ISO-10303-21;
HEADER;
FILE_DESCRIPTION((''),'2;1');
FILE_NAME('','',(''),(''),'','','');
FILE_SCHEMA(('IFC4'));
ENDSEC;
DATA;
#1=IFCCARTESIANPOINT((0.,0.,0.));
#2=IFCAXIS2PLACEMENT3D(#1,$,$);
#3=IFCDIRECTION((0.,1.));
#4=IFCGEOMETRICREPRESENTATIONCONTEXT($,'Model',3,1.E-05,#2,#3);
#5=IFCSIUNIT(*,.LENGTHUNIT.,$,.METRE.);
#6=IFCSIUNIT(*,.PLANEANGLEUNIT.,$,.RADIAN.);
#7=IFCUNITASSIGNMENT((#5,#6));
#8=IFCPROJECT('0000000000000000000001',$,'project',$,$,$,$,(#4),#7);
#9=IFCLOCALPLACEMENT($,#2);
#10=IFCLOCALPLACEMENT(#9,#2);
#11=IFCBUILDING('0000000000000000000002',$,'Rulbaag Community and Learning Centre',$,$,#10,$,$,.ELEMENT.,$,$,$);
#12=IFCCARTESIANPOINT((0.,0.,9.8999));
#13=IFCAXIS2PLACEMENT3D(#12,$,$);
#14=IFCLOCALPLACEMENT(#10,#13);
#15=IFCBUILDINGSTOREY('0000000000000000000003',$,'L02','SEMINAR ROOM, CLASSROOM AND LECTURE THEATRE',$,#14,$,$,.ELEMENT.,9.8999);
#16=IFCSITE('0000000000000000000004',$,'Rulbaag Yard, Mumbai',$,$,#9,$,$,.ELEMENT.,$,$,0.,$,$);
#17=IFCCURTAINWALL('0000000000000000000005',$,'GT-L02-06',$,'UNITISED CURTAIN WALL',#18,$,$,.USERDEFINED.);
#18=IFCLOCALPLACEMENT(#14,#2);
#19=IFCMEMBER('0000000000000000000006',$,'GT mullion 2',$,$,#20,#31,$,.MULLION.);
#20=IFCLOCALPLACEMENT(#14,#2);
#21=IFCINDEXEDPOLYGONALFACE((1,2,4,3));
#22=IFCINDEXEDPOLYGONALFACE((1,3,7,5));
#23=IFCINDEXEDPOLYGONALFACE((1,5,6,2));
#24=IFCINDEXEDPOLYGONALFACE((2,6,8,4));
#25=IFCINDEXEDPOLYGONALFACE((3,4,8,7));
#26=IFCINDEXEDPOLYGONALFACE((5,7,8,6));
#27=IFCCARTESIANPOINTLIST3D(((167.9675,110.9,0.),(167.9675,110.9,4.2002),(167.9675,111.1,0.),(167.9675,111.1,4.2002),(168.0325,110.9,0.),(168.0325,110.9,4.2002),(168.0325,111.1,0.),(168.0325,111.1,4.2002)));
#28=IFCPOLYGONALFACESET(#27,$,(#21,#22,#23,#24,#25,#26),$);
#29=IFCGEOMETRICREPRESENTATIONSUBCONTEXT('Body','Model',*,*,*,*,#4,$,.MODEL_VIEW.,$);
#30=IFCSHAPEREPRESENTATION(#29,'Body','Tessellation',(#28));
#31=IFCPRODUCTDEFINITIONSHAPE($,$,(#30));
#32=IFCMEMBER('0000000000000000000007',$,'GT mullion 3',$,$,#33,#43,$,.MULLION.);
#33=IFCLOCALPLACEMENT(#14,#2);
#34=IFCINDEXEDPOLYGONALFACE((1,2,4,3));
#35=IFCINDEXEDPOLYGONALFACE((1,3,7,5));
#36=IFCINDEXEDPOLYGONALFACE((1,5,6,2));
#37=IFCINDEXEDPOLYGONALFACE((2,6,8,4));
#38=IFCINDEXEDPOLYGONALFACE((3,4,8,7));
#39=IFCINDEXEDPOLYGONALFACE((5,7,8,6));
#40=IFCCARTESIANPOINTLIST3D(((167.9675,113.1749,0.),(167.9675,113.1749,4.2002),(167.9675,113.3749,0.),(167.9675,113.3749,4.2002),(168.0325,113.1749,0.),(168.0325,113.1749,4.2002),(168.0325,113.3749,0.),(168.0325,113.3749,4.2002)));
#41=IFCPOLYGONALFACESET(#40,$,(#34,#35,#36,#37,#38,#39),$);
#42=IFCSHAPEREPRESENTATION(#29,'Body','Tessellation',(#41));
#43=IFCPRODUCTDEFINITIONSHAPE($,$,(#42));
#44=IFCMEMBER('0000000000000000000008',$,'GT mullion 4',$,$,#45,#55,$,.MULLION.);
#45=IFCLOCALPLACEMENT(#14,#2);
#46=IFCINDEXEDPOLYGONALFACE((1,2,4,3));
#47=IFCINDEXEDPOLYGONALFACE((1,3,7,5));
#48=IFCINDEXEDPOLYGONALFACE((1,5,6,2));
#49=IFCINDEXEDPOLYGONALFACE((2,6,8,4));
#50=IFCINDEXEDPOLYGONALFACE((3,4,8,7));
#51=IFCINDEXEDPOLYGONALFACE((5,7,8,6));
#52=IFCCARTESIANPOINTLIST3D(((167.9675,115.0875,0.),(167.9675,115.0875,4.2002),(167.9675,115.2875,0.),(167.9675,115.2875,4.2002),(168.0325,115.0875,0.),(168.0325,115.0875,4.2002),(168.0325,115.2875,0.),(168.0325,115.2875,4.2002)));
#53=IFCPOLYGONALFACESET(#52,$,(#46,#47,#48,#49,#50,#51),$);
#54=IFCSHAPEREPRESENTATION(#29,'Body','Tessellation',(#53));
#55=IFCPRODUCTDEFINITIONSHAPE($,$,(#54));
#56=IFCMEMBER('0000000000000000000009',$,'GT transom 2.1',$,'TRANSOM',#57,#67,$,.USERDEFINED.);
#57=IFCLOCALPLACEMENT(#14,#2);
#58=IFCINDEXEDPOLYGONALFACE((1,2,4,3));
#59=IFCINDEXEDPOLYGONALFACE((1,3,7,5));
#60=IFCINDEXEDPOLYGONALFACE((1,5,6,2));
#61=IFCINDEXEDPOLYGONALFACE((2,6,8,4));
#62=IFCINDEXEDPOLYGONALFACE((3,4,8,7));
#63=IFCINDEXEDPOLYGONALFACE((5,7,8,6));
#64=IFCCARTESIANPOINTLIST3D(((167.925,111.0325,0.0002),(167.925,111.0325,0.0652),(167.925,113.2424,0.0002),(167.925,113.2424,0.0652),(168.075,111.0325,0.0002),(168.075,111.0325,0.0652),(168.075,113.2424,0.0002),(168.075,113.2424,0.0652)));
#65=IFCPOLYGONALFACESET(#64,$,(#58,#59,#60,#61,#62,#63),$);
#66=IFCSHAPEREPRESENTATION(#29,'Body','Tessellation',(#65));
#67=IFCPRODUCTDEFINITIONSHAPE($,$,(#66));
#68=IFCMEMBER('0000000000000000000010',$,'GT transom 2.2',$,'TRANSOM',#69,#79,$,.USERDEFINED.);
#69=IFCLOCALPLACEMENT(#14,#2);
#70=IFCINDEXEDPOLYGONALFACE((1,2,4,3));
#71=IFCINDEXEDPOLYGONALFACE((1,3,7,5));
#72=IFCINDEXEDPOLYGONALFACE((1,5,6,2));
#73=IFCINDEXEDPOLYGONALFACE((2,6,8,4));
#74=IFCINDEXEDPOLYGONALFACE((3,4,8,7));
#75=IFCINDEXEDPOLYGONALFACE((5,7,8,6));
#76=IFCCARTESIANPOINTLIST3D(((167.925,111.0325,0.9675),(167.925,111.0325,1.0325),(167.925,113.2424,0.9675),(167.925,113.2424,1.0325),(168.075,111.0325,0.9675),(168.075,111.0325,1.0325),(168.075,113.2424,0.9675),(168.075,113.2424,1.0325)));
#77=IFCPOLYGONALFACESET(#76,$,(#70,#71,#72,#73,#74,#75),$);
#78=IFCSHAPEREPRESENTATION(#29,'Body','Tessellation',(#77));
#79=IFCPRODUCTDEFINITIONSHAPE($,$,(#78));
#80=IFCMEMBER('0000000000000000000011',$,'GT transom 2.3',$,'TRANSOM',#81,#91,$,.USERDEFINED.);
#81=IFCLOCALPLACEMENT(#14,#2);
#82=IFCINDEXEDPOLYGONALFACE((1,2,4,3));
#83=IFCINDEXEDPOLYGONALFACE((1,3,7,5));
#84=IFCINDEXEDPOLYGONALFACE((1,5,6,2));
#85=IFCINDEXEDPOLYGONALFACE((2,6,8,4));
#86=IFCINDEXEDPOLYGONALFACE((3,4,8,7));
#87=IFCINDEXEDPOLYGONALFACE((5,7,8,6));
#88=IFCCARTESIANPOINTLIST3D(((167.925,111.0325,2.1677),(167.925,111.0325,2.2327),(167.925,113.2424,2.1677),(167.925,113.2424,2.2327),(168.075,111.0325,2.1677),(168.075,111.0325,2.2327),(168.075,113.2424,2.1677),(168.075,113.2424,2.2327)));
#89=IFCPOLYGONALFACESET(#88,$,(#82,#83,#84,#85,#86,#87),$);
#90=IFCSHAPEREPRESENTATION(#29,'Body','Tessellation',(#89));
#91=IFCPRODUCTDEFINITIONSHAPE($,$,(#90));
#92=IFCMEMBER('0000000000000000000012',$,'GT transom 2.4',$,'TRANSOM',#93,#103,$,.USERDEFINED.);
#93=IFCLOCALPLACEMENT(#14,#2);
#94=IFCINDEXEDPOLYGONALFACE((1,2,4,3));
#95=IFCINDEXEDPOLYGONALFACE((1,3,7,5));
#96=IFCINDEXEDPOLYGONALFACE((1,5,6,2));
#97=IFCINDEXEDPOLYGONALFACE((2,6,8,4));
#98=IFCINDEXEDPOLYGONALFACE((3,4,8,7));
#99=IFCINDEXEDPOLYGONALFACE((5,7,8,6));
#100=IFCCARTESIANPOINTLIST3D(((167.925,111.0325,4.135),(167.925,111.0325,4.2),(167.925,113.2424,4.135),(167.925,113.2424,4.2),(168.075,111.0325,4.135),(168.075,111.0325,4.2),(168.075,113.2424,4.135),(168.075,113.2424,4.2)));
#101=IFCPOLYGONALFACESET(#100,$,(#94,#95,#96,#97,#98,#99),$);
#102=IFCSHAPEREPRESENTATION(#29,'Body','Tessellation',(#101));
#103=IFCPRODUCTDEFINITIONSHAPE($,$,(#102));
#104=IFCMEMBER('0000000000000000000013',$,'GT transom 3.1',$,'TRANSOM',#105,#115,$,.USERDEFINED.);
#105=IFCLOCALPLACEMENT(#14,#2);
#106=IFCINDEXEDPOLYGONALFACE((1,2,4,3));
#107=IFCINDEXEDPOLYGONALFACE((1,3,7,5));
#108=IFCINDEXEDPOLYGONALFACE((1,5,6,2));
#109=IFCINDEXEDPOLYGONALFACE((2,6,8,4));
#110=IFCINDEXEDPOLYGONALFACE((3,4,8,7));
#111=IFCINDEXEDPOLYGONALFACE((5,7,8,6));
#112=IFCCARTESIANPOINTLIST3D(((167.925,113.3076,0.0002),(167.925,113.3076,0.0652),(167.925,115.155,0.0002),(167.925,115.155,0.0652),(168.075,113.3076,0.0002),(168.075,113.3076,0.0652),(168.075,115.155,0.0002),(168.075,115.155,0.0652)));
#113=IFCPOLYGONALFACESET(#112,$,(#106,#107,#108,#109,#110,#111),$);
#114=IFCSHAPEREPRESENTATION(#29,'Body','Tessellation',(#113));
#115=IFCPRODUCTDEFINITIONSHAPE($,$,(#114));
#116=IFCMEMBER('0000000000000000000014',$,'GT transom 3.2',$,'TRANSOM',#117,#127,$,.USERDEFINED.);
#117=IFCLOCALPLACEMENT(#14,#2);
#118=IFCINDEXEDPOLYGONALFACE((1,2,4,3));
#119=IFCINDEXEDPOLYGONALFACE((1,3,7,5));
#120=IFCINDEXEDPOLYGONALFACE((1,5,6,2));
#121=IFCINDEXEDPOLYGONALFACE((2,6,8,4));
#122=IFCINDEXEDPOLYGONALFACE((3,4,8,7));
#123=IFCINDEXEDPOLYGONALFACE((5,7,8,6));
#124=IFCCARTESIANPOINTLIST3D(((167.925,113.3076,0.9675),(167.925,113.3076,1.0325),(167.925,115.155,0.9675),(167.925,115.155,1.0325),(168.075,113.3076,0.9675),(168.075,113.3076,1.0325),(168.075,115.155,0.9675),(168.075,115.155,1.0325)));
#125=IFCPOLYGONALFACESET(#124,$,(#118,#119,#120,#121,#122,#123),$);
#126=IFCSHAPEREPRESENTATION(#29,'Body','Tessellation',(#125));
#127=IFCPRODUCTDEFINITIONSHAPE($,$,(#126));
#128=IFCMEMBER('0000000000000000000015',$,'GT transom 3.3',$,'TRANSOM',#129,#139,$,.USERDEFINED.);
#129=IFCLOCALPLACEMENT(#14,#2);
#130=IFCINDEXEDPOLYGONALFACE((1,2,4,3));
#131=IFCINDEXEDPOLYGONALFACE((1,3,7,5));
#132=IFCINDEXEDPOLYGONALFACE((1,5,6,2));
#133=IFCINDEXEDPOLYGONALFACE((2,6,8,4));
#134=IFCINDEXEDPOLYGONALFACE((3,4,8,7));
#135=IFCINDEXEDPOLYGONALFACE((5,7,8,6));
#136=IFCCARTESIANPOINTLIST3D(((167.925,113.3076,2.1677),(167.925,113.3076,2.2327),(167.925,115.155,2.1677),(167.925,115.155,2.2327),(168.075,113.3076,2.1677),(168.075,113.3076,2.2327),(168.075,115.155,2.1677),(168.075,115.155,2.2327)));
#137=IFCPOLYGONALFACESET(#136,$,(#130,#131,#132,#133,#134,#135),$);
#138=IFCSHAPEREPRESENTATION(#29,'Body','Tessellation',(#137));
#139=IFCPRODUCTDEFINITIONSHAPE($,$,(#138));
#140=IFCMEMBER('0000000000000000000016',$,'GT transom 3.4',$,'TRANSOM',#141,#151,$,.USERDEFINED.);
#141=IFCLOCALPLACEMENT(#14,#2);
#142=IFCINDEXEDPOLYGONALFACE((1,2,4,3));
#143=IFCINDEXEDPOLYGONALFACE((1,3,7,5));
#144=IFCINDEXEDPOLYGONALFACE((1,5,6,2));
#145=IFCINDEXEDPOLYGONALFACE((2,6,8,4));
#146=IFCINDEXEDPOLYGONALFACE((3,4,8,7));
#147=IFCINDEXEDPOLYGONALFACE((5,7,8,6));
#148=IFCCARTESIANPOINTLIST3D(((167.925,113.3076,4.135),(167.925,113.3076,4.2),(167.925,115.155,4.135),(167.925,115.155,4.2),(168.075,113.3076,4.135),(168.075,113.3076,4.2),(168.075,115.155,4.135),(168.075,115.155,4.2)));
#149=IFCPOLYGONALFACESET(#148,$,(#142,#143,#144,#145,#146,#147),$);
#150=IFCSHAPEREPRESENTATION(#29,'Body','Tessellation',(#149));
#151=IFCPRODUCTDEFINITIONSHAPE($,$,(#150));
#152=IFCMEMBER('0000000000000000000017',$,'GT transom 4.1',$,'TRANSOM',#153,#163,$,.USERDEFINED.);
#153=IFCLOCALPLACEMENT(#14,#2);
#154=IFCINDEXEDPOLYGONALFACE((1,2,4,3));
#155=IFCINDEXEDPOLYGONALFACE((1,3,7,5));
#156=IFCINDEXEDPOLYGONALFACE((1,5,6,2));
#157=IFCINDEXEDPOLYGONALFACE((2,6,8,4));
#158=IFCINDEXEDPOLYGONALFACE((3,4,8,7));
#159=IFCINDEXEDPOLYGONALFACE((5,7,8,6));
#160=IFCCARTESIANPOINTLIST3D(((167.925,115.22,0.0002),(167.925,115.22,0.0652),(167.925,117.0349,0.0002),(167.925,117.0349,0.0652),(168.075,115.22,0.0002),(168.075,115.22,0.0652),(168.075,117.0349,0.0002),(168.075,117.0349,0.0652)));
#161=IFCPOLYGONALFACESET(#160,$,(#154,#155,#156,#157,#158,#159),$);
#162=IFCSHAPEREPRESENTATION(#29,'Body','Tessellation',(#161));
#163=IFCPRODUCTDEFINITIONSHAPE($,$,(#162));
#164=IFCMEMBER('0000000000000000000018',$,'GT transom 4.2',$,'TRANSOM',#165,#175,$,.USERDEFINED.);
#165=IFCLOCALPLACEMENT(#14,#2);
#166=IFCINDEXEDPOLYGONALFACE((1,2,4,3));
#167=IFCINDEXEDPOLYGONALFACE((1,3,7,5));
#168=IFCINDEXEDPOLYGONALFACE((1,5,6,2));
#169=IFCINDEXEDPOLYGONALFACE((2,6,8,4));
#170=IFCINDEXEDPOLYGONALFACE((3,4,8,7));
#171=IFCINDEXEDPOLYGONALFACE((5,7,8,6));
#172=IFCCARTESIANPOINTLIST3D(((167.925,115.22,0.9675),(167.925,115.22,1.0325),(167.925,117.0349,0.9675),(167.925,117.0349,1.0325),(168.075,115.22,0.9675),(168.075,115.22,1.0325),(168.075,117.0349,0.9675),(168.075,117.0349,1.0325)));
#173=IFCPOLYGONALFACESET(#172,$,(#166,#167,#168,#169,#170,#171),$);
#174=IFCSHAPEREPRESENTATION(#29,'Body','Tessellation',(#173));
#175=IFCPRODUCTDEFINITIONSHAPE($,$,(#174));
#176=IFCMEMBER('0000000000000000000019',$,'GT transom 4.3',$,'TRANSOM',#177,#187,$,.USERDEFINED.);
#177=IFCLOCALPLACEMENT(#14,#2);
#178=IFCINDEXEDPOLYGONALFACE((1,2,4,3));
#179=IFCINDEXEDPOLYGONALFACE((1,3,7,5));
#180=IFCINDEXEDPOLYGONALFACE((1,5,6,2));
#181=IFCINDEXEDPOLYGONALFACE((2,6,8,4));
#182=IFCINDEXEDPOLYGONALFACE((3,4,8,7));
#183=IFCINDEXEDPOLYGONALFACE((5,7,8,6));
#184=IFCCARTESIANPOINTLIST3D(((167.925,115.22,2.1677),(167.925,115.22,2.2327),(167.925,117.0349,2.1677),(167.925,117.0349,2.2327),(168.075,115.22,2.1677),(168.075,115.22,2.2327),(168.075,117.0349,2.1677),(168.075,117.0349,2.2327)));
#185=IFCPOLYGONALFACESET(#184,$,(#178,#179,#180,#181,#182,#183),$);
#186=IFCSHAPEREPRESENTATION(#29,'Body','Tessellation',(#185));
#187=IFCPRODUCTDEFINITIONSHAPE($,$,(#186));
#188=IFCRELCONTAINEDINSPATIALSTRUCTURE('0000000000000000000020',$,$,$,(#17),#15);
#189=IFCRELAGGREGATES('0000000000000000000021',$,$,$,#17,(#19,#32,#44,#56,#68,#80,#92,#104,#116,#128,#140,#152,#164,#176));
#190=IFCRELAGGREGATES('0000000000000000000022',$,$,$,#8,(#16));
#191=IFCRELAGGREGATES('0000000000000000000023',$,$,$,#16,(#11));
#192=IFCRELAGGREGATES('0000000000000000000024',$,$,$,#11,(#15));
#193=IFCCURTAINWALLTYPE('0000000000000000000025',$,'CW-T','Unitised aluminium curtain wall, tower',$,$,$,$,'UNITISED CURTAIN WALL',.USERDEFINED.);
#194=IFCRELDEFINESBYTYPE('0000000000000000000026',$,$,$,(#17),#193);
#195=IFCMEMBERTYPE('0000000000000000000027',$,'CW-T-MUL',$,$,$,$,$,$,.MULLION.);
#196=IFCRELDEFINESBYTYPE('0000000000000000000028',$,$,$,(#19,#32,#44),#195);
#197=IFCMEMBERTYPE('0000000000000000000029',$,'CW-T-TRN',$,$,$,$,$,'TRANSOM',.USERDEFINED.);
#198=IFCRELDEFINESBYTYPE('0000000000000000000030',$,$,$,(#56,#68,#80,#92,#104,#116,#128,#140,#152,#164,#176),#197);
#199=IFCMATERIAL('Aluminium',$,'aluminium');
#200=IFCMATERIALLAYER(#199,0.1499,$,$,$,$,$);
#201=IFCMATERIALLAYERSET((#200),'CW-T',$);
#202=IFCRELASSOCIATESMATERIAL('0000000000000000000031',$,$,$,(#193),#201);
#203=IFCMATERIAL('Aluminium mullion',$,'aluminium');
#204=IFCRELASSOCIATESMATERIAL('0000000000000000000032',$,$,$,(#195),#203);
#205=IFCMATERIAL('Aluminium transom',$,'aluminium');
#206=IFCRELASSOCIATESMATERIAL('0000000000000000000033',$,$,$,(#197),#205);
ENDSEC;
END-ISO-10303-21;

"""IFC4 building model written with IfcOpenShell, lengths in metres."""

from ifc_helpers import new_model, si_unit, direction, frame, origin, origin_2d, place, context, subcontext, project, spatial, rectangle, extrude, material, layer, layer_set, material_profile, profile_set, type_object, element, aggregate, save


model = new_model("IFC4")

# Units and contexts
model_context = context("Model", 3, precision=1e-05, world=origin(), true_north=direction((0.0, 1.0)))
body_context = subcontext(model_context, "Body", "Model", "MODEL_VIEW")
ifc_project = project(units=[si_unit("LENGTHUNIT", "METRE"), si_unit("PLANEANGLEUNIT", "RADIAN")], contexts=[model_context])

# Site, building, storey
site_placement = place(None, origin())
site = spatial("IfcSite", under=ifc_project, at=site_placement, Name="Rulbaag Yard, Mumbai", CompositionType="ELEMENT", RefElevation=0.0)
building_placement = place(site_placement, origin())
building = spatial("IfcBuilding", under=site, at=building_placement, Name="Rulbaag Community and Learning Centre", CompositionType="ELEMENT")
storey_placement = place(building_placement, frame((0.0, 0.0, 9.8999)))
storey = spatial("IfcBuildingStorey", under=building, at=storey_placement, Name="L02", Description="SEMINAR ROOM, CLASSROOM AND LECTURE THEATRE", CompositionType="ELEMENT", Elevation=9.8999)

# Curtain wall, members
ifc_material_1 = material(Name="Aluminium", Category="aluminium")
ifc_layer_1 = layer(ifc_material_1, 0.1499)
ifc_layer_set_1 = layer_set([ifc_layer_1], Name="CW-T")
curtain_wall_type = type_object("IfcCurtainWallType", Name="CW-T", Description="Unitised aluminium curtain wall, tower", ElementType="UNITISED CURTAIN WALL", PredefinedType="USERDEFINED", material=ifc_layer_set_1)
curtain_wall_placement = place(storey_placement, origin())
curtain_wall = element("IfcCurtainWall", 1, at=curtain_wall_placement, inside=storey, type_object=curtain_wall_type, Name="GT-L02-06", ObjectType="UNITISED CURTAIN WALL", PredefinedType="USERDEFINED")
ifc_material_2 = material(Name="Aluminium mullion", Category="aluminium")
ifc_material_profile_1 = material_profile(ifc_material_2, rectangle(XDim=0.0649, YDim=0.2, at=origin_2d()), Name="AL 65x200")
ifc_profile_set_1 = profile_set([ifc_material_profile_1], Name="Aluminium mullion")
member_type_1 = type_object("IfcMemberType", Name="CW-T-MUL", PredefinedType="MULLION", material=ifc_profile_set_1)
member_1_placement = place(storey_placement, frame((168.0, 111.0, 0.0), z_axis=(0.0, 0.0, 1.0), x_axis=(-1.0, 0.0, 0.0)))
member_1 = element("IfcMember", 2, at=member_1_placement, type_object=member_type_1, Name="GT mullion 2", PredefinedType="MULLION", context=body_context, shape_type="SweptSolid", body=[
    extrude(rectangle(XDim=0.0649, YDim=0.2, at=origin_2d()), origin(), (0.0, 0.0, 1.0), 4.2002),
])
member_2_placement = place(storey_placement, frame((168.0, 113.2749, 0.0), z_axis=(0.0, 0.0, 1.0), x_axis=(-1.0, 0.0, 0.0)))
member_2 = element("IfcMember", 3, at=member_2_placement, type_object=member_type_1, Name="GT mullion 3", PredefinedType="MULLION", context=body_context, shape_type="SweptSolid", body=[
    extrude(rectangle(XDim=0.0649, YDim=0.2, at=origin_2d()), origin(), (0.0, 0.0, 1.0), 4.2002),
])
member_3_placement = place(storey_placement, frame((168.0, 115.1875, 0.0), z_axis=(0.0, 0.0, 1.0), x_axis=(-1.0, 0.0, 0.0)))
member_3 = element("IfcMember", 4, at=member_3_placement, type_object=member_type_1, Name="GT mullion 4", PredefinedType="MULLION", context=body_context, shape_type="SweptSolid", body=[
    extrude(rectangle(XDim=0.0649, YDim=0.2, at=origin_2d()), origin(), (0.0, 0.0, 1.0), 4.2002),
])
ifc_material_3 = material(Name="Aluminium transom", Category="aluminium")
ifc_material_profile_2 = material_profile(ifc_material_3, rectangle(XDim=0.1499, YDim=0.0649, at=origin_2d()), Name="AL 65x150 T")
ifc_profile_set_2 = profile_set([ifc_material_profile_2], Name="Aluminium transom")
member_type_2 = type_object("IfcMemberType", Name="CW-T-TRN", ElementType="TRANSOM", PredefinedType="USERDEFINED", material=ifc_profile_set_2)
member_4_placement = place(storey_placement, frame((168.0, 111.0325, 0.0327), z_axis=(0.0, 1.0, 0.0), x_axis=(-1.0, 0.0, 0.0)))
member_4 = element("IfcMember", 5, at=member_4_placement, type_object=member_type_2, Name="GT transom 2.1", ObjectType="TRANSOM", PredefinedType="USERDEFINED", context=body_context, shape_type="SweptSolid", body=[
    extrude(rectangle(XDim=0.1499, YDim=0.0649, at=origin_2d()), origin(), (0.0, 0.0, 1.0), 2.21),
])
member_5_placement = place(storey_placement, frame((168.0, 111.0325, 1.0), z_axis=(0.0, 1.0, 0.0), x_axis=(-1.0, 0.0, 0.0)))
member_5 = element("IfcMember", 6, at=member_5_placement, type_object=member_type_2, Name="GT transom 2.2", ObjectType="TRANSOM", PredefinedType="USERDEFINED", context=body_context, shape_type="SweptSolid", body=[
    extrude(rectangle(XDim=0.1499, YDim=0.0649, at=origin_2d()), origin(), (0.0, 0.0, 1.0), 2.21),
])
member_6_placement = place(storey_placement, frame((168.0, 111.0325, 2.2002), z_axis=(0.0, 1.0, 0.0), x_axis=(-1.0, 0.0, 0.0)))
member_6 = element("IfcMember", 7, at=member_6_placement, type_object=member_type_2, Name="GT transom 2.3", ObjectType="TRANSOM", PredefinedType="USERDEFINED", context=body_context, shape_type="SweptSolid", body=[
    extrude(rectangle(XDim=0.1499, YDim=0.0649, at=origin_2d()), origin(), (0.0, 0.0, 1.0), 2.21),
])
member_7_placement = place(storey_placement, frame((168.0, 111.0325, 4.1675), z_axis=(0.0, 1.0, 0.0), x_axis=(-1.0, 0.0, 0.0)))
member_7 = element("IfcMember", 8, at=member_7_placement, type_object=member_type_2, Name="GT transom 2.4", ObjectType="TRANSOM", PredefinedType="USERDEFINED", context=body_context, shape_type="SweptSolid", body=[
    extrude(rectangle(XDim=0.1499, YDim=0.0649, at=origin_2d()), origin(), (0.0, 0.0, 1.0), 2.21),
])
member_8_placement = place(storey_placement, frame((168.0, 113.3076, 0.0327), z_axis=(0.0, 1.0, 0.0), x_axis=(-1.0, 0.0, 0.0)))
member_8 = element("IfcMember", 9, at=member_8_placement, type_object=member_type_2, Name="GT transom 3.1", ObjectType="TRANSOM", PredefinedType="USERDEFINED", context=body_context, shape_type="SweptSolid", body=[
    extrude(rectangle(XDim=0.1499, YDim=0.0649, at=origin_2d()), origin(), (0.0, 0.0, 1.0), 1.8474),
])
member_9_placement = place(storey_placement, frame((168.0, 113.3076, 1.0), z_axis=(0.0, 1.0, 0.0), x_axis=(-1.0, 0.0, 0.0)))
member_9 = element("IfcMember", 10, at=member_9_placement, type_object=member_type_2, Name="GT transom 3.2", ObjectType="TRANSOM", PredefinedType="USERDEFINED", context=body_context, shape_type="SweptSolid", body=[
    extrude(rectangle(XDim=0.1499, YDim=0.0649, at=origin_2d()), origin(), (0.0, 0.0, 1.0), 1.8474),
])
member_10_placement = place(storey_placement, frame((168.0, 113.3076, 2.2002), z_axis=(0.0, 1.0, 0.0), x_axis=(-1.0, 0.0, 0.0)))
member_10 = element("IfcMember", 11, at=member_10_placement, type_object=member_type_2, Name="GT transom 3.3", ObjectType="TRANSOM", PredefinedType="USERDEFINED", context=body_context, shape_type="SweptSolid", body=[
    extrude(rectangle(XDim=0.1499, YDim=0.0649, at=origin_2d()), origin(), (0.0, 0.0, 1.0), 1.8474),
])
member_11_placement = place(storey_placement, frame((168.0, 113.3076, 4.1675), z_axis=(0.0, 1.0, 0.0), x_axis=(-1.0, 0.0, 0.0)))
member_11 = element("IfcMember", 12, at=member_11_placement, type_object=member_type_2, Name="GT transom 3.4", ObjectType="TRANSOM", PredefinedType="USERDEFINED", context=body_context, shape_type="SweptSolid", body=[
    extrude(rectangle(XDim=0.1499, YDim=0.0649, at=origin_2d()), origin(), (0.0, 0.0, 1.0), 1.8474),
])
member_12_placement = place(storey_placement, frame((168.0, 115.22, 0.0327), z_axis=(0.0, 1.0, 0.0), x_axis=(-1.0, 0.0, 0.0)))
member_12 = element("IfcMember", 13, at=member_12_placement, type_object=member_type_2, Name="GT transom 4.1", ObjectType="TRANSOM", PredefinedType="USERDEFINED", context=body_context, shape_type="SweptSolid", body=[
    extrude(rectangle(XDim=0.1499, YDim=0.0649, at=origin_2d()), origin(), (0.0, 0.0, 1.0), 1.8149),
])
member_13_placement = place(storey_placement, frame((168.0, 115.22, 1.0), z_axis=(0.0, 1.0, 0.0), x_axis=(-1.0, 0.0, 0.0)))
member_13 = element("IfcMember", 14, at=member_13_placement, type_object=member_type_2, Name="GT transom 4.2", ObjectType="TRANSOM", PredefinedType="USERDEFINED", context=body_context, shape_type="SweptSolid", body=[
    extrude(rectangle(XDim=0.1499, YDim=0.0649, at=origin_2d()), origin(), (0.0, 0.0, 1.0), 1.8149),
])
member_14_placement = place(storey_placement, frame((168.0, 115.22, 2.2002), z_axis=(0.0, 1.0, 0.0), x_axis=(-1.0, 0.0, 0.0)))
member_14 = element("IfcMember", 15, at=member_14_placement, type_object=member_type_2, Name="GT transom 4.3", ObjectType="TRANSOM", PredefinedType="USERDEFINED", context=body_context, shape_type="SweptSolid", body=[
    extrude(rectangle(XDim=0.1499, YDim=0.0649, at=origin_2d()), origin(), (0.0, 0.0, 1.0), 1.8149),
])
aggregate(curtain_wall, [member_1, member_2, member_3, member_4, member_5, member_6, member_7, member_8, member_9, member_10, member_11, member_12, member_13, member_14])

save(model, "model.ifc")
